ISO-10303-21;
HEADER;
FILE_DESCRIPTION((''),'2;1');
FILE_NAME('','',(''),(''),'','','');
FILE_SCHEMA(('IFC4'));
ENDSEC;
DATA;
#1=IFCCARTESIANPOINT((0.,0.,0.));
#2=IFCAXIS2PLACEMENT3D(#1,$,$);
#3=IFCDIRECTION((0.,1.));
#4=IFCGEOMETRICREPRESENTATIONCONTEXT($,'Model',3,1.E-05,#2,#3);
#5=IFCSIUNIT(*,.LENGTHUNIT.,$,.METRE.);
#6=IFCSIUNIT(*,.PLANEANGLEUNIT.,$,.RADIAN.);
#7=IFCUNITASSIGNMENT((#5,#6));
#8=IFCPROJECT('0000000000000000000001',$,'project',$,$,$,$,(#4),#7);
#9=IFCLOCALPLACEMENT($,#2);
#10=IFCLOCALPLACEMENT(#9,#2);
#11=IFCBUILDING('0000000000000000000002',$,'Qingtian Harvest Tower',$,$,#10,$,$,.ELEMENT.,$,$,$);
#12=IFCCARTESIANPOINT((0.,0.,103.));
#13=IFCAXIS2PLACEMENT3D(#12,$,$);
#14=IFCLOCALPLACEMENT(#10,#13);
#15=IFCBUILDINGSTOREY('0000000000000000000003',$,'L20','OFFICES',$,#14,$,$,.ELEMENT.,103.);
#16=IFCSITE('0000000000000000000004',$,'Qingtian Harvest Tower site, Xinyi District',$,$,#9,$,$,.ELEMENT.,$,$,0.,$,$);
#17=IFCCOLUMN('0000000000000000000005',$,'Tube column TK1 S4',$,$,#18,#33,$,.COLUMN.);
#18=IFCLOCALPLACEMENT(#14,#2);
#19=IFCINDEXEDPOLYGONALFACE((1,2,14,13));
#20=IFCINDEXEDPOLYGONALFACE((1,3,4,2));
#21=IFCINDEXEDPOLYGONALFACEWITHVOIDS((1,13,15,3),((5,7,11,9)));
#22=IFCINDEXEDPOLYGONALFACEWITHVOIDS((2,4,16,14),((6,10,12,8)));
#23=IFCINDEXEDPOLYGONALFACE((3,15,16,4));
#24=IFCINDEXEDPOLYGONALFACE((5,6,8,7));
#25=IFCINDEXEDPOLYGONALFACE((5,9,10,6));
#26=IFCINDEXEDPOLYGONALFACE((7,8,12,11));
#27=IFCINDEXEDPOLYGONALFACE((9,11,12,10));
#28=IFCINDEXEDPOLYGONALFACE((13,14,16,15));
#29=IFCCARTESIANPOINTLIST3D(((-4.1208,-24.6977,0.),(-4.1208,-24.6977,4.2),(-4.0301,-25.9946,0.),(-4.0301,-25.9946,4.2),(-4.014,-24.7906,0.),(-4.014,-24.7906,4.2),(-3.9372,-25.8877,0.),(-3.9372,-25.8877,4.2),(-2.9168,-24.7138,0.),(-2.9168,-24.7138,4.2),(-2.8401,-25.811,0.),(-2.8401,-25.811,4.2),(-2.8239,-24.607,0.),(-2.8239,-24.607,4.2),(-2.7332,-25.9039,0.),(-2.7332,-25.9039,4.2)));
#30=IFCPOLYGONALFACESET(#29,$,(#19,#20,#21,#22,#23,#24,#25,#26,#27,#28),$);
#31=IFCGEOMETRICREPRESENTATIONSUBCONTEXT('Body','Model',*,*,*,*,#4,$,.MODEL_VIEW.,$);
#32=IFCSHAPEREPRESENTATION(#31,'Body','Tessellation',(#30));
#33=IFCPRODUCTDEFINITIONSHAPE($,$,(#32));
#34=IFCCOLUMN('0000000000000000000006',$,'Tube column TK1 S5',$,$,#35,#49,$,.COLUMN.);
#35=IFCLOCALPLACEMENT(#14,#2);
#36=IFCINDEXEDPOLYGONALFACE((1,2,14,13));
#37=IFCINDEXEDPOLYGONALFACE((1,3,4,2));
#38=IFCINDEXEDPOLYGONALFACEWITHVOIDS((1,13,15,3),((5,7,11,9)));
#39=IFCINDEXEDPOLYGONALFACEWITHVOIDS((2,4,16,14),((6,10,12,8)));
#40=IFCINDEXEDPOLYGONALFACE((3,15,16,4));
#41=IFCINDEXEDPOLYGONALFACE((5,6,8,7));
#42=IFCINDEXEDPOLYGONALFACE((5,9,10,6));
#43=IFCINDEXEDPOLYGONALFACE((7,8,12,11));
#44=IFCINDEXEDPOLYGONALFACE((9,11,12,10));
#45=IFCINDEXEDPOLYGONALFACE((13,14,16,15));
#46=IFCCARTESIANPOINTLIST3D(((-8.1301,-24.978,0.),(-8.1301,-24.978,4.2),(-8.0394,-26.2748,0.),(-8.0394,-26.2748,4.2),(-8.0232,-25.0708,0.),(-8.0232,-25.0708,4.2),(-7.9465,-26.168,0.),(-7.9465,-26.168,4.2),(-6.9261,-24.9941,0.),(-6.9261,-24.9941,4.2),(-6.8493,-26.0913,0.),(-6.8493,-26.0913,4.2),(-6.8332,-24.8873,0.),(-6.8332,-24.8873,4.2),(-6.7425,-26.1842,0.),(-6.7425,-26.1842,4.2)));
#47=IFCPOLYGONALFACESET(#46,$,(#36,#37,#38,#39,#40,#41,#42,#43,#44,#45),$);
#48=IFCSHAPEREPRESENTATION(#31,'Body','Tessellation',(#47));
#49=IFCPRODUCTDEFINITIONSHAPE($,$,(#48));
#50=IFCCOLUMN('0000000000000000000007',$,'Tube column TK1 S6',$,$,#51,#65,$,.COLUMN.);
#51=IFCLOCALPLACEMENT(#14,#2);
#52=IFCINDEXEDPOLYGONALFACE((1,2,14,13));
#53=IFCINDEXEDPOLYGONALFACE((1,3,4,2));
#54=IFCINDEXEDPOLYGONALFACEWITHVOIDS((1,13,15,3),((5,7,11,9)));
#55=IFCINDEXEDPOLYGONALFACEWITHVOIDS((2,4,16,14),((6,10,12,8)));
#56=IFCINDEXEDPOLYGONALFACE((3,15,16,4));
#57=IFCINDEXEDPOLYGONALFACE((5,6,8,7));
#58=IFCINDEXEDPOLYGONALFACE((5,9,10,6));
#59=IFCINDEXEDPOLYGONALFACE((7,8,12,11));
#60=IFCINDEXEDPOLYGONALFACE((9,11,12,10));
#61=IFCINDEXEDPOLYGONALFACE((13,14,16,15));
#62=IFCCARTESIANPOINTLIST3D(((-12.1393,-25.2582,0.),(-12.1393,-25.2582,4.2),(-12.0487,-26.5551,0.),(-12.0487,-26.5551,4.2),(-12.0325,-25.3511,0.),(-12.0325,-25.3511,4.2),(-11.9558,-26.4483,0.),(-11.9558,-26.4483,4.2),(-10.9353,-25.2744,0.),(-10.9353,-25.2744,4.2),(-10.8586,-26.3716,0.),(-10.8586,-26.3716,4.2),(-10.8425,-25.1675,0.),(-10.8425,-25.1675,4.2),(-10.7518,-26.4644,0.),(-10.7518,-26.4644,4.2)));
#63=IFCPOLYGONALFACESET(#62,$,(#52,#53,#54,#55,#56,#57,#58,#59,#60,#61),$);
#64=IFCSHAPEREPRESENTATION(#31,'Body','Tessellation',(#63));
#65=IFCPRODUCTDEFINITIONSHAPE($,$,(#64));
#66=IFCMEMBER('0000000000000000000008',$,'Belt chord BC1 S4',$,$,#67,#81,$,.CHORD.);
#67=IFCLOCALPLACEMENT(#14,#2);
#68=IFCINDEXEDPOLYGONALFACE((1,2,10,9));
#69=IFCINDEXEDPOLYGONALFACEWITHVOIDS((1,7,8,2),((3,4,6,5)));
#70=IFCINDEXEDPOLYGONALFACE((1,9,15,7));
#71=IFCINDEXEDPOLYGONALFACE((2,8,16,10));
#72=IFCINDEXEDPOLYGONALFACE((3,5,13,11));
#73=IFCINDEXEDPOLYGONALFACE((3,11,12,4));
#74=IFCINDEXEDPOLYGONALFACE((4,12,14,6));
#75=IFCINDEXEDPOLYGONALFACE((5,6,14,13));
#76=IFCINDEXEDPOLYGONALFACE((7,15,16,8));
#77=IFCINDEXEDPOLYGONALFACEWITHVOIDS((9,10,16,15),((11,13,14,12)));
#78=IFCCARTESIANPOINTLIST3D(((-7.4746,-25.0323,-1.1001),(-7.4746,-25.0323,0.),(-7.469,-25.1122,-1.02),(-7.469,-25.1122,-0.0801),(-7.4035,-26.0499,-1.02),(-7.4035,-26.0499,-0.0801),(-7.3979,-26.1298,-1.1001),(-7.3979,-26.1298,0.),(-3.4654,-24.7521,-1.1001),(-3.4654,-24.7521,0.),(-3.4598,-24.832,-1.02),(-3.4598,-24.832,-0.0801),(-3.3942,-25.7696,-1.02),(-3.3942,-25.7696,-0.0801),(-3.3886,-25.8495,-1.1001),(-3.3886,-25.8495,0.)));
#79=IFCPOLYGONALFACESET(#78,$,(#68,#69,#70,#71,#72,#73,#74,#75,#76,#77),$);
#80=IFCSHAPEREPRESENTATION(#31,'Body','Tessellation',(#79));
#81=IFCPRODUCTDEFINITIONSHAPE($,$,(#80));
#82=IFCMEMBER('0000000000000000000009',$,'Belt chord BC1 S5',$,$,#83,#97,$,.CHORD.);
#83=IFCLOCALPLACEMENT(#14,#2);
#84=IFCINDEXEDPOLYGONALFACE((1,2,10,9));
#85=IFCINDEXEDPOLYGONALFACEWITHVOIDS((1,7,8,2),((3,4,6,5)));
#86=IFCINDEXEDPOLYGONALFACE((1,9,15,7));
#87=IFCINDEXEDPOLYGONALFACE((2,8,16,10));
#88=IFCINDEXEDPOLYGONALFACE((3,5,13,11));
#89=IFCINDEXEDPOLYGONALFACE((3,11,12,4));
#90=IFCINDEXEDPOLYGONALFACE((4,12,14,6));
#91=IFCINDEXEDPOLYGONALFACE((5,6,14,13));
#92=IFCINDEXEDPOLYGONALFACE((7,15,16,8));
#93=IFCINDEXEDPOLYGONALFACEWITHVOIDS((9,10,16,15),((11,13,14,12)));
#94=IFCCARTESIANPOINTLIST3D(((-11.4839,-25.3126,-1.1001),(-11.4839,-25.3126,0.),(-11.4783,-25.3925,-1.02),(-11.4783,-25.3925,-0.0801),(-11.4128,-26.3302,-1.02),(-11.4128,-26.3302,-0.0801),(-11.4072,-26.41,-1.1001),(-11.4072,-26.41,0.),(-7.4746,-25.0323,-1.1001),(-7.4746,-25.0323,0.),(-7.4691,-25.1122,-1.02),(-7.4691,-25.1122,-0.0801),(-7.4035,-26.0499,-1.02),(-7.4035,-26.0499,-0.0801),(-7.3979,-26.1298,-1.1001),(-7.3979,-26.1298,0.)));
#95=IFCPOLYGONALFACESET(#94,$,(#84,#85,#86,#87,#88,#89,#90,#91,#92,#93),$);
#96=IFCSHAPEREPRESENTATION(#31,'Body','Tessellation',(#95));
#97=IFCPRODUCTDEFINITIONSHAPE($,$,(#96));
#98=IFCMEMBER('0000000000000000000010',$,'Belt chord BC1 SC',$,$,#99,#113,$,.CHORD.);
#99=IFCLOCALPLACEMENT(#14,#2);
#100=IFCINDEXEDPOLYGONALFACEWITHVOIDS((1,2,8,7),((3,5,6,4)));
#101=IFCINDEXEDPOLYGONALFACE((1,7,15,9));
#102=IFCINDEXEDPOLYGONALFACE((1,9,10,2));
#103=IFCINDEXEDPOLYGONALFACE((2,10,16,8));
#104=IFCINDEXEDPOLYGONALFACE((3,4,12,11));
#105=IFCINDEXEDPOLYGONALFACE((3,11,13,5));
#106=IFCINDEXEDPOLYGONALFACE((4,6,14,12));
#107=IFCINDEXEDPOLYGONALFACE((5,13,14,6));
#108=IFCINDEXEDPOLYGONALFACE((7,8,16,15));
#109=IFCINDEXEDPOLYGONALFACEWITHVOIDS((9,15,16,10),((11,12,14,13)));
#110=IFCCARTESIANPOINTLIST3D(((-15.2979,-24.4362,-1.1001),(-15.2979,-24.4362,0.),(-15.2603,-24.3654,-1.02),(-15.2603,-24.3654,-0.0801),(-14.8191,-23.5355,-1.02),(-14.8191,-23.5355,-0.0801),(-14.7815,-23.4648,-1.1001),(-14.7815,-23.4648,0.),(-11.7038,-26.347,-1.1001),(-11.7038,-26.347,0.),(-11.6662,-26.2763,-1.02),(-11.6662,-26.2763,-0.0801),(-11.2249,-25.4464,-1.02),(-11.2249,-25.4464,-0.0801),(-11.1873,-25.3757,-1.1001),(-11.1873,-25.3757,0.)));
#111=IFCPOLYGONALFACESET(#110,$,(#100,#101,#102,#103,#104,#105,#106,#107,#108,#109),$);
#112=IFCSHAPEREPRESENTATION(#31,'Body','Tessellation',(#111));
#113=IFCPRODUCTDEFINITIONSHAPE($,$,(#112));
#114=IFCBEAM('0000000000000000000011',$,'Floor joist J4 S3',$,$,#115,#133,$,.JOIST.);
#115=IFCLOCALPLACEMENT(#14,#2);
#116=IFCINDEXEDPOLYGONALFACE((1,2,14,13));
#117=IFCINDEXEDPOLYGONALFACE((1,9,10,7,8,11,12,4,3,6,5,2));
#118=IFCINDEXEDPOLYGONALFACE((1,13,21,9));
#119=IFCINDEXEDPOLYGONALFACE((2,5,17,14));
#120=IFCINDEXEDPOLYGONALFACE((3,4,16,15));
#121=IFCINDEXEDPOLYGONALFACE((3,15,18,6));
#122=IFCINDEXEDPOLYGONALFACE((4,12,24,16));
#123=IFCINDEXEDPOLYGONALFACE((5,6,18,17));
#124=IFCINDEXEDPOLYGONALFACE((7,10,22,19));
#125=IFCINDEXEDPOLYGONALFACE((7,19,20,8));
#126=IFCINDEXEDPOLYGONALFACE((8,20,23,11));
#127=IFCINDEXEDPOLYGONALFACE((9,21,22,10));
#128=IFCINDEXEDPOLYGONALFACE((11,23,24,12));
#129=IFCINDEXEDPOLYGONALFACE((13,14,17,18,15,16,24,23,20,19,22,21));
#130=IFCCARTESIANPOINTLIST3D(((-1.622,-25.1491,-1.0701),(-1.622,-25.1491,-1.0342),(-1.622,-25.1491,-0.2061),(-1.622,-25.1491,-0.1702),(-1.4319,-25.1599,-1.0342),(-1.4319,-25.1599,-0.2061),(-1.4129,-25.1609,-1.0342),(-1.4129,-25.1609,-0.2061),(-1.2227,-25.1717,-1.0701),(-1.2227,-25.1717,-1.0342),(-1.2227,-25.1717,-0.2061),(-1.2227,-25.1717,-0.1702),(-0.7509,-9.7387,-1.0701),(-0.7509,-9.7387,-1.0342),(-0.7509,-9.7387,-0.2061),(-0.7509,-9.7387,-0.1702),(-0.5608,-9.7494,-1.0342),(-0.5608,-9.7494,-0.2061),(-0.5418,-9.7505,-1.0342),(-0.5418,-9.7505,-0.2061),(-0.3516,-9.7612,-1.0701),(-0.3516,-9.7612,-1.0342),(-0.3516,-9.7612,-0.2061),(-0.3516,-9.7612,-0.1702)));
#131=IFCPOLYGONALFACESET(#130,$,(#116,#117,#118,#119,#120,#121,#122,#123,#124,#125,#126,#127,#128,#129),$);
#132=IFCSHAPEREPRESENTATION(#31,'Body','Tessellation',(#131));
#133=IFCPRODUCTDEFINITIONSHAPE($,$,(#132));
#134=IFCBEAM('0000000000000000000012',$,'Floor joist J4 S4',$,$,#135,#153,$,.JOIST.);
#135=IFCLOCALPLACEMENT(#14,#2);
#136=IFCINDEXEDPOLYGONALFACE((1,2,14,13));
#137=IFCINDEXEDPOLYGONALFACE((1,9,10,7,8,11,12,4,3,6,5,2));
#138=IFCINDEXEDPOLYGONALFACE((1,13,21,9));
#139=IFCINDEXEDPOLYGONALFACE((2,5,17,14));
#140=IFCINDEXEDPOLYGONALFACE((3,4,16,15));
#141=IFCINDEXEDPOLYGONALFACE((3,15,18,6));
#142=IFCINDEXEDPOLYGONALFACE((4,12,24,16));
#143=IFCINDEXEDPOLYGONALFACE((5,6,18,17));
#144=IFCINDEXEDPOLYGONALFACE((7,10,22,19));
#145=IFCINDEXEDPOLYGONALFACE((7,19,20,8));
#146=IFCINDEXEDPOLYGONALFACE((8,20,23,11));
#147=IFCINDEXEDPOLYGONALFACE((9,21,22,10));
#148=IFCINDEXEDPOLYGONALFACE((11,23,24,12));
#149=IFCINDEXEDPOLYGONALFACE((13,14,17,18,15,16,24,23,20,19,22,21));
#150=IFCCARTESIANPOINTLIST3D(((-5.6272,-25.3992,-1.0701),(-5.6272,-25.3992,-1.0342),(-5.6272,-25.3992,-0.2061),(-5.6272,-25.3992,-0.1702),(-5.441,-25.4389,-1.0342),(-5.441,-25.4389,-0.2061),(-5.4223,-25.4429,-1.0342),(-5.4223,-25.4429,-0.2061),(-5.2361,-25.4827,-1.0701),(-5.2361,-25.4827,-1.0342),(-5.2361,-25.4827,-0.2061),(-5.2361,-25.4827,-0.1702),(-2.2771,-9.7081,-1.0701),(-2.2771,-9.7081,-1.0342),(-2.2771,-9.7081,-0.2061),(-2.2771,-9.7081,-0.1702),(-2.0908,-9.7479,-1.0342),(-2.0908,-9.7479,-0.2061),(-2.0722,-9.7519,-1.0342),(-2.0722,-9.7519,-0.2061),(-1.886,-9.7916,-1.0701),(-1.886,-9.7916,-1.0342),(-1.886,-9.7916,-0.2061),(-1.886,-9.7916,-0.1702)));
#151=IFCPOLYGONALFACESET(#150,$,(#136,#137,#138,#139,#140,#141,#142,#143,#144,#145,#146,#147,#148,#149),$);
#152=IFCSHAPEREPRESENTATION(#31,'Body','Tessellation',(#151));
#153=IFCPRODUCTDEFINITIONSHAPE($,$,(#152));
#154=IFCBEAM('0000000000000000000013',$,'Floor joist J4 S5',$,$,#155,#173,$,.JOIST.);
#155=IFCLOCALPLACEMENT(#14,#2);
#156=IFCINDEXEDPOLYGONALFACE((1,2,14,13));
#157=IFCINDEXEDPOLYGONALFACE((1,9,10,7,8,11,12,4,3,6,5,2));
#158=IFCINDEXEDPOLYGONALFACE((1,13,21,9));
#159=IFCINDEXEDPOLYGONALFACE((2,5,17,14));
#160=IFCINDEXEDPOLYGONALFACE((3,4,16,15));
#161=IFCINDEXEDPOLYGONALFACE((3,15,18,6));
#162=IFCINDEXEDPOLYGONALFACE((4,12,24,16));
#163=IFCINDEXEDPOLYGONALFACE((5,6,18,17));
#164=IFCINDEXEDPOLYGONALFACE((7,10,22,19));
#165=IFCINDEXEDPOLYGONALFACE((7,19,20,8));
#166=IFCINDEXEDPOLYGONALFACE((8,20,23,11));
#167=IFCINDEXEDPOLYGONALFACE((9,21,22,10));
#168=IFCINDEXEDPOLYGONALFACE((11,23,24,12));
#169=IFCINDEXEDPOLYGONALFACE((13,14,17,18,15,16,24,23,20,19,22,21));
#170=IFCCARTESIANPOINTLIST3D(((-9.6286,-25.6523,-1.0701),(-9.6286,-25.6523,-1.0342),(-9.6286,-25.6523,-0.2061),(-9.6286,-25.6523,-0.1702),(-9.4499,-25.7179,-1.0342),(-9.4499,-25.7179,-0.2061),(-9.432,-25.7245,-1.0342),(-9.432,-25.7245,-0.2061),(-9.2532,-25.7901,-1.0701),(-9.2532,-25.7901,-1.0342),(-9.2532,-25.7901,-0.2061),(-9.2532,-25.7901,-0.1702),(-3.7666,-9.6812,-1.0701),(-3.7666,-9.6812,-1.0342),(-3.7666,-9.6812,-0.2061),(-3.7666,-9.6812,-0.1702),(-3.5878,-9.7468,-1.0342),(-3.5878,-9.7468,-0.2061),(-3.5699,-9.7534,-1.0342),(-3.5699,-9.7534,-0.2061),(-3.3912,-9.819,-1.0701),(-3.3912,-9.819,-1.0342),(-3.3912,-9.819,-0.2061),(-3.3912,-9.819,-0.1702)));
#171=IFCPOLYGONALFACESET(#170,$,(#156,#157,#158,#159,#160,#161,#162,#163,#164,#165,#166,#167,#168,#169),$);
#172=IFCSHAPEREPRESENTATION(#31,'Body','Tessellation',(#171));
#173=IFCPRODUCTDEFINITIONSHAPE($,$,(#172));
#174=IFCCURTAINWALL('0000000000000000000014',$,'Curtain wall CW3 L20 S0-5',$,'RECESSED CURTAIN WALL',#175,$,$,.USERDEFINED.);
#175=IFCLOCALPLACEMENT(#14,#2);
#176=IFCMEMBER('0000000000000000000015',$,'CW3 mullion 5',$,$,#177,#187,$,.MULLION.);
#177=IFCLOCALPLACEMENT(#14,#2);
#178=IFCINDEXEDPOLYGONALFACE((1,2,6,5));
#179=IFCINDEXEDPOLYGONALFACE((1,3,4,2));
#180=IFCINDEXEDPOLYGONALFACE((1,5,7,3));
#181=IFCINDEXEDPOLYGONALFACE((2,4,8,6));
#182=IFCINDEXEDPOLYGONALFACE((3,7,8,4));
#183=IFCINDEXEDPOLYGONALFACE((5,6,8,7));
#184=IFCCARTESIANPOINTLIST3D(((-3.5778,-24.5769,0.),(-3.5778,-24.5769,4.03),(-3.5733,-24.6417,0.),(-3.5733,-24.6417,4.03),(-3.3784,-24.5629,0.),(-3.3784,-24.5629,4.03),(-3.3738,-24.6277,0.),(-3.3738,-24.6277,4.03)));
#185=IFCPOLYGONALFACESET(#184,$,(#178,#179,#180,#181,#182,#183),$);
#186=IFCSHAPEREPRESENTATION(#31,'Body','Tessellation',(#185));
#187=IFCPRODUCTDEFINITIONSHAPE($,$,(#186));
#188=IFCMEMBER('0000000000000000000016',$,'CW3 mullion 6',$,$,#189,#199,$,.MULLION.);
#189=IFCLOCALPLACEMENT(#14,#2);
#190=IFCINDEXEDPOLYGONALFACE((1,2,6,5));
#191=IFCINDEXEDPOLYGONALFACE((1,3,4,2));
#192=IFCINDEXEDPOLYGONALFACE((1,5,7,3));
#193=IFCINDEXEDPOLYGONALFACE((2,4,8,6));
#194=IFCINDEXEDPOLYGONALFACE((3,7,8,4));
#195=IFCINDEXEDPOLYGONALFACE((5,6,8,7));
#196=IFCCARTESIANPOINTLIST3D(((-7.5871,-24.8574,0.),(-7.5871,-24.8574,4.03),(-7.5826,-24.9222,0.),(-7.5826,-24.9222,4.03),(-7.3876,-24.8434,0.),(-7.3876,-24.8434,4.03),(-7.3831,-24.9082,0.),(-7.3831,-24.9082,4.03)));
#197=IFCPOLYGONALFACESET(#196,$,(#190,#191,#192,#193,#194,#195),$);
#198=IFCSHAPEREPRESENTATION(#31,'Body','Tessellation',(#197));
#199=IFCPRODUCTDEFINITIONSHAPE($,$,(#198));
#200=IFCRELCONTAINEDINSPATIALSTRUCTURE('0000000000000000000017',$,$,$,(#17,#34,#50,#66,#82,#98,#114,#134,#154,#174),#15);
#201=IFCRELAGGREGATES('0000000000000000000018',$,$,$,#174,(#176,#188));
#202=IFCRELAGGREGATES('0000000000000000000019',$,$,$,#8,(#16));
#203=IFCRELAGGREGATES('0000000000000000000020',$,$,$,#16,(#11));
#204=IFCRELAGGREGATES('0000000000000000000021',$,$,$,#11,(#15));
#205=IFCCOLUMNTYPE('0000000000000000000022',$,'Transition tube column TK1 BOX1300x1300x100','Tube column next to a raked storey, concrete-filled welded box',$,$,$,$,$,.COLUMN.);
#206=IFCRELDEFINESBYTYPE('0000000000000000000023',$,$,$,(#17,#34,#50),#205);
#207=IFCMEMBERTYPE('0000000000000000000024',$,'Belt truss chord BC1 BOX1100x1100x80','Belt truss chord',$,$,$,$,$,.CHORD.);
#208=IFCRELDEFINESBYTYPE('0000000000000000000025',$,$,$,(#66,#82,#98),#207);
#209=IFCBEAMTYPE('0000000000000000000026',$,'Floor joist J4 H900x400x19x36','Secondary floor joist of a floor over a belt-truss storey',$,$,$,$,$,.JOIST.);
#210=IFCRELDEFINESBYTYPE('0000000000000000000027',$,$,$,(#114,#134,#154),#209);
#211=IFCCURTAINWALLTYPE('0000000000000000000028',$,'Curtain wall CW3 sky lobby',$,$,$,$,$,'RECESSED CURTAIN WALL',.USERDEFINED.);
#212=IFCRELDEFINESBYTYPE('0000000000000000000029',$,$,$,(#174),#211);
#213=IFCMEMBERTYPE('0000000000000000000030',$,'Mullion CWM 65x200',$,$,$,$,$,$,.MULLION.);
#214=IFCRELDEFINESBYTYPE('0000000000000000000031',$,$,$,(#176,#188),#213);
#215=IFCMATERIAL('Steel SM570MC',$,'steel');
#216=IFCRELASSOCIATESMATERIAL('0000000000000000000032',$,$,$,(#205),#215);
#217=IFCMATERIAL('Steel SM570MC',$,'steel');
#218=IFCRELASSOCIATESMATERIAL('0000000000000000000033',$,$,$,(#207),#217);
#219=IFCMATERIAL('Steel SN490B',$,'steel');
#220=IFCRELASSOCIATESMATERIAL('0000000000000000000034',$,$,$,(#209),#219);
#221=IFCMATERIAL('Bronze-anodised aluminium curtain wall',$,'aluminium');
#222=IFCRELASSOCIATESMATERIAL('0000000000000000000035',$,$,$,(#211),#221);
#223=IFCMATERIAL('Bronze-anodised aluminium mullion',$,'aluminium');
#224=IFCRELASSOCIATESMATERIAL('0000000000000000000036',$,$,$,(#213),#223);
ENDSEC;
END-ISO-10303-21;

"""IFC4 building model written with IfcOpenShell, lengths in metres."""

from ifc_helpers import new_model, si_unit, direction, frame, origin, origin_2d, place, context, subcontext, project, spatial, rectangle, hollow_rectangle, i_section, extrude, material, material_profile, profile_set, type_object, element, aggregate, save


model = new_model("IFC4")

# Units and contexts
model_context = context("Model", 3, precision=1e-05, world=origin(), true_north=direction((0.0, 1.0)))
body_context = subcontext(model_context, "Body", "Model", "MODEL_VIEW")
ifc_project = project(units=[si_unit("LENGTHUNIT", "METRE"), si_unit("PLANEANGLEUNIT", "RADIAN")], contexts=[model_context])

# Site, building, storey
site_placement = place(None, origin())
site = spatial("IfcSite", under=ifc_project, at=site_placement, Name="Qingtian Harvest Tower site, Xinyi District", CompositionType="ELEMENT", RefElevation=0.0)
building_placement = place(site_placement, origin())
building = spatial("IfcBuilding", under=site, at=building_placement, Name="Qingtian Harvest Tower", CompositionType="ELEMENT")
storey_placement = place(building_placement, frame((0.0, 0.0, 103.0)))
storey = spatial("IfcBuildingStorey", under=building, at=storey_placement, Name="L20", Description="OFFICES", CompositionType="ELEMENT", Elevation=103.0)

# Columns
ifc_material_1 = material(Name="Steel SM570MC", Category="steel")
ifc_material_profile_1 = material_profile(ifc_material_1, hollow_rectangle(XDim=1.3, YDim=1.3, WallThickness=0.1001, at=origin_2d()), Name="BOX1300x1300x100")
ifc_profile_set_1 = profile_set([ifc_material_profile_1], Name="Steel SM570MC")
column_type = type_object("IfcColumnType", Name="Transition tube column TK1 BOX1300x1300x100", Description="Tube column next to a raked storey, concrete-filled welded box", PredefinedType="COLUMN", material=ifc_profile_set_1)
for number, where, z_axis, x_axis, name in (
    (1, (-3.427, -25.3008, 0.0), (0.0, 0.0, 1.0), (0.997564, 0.069756, 0.0), "Tube column TK1 S4"),
    (2, (-7.4363, -25.5811, 0.0), (0.0, 0.0, 1.0), (0.997564, 0.069756, 0.0), "Tube column TK1 S5"),
    (3, (-11.4456, -25.8613, 0.0), (0.0, 0.0, 1.0), (0.997564, 0.069756, 0.0), "Tube column TK1 S6"),
):
    element("IfcColumn", number, at=place(storey_placement, frame(where, z_axis=z_axis, x_axis=x_axis)), inside=storey, type_object=column_type, Name=name, PredefinedType="COLUMN", context=body_context, shape_type="SweptSolid", body=[
        extrude(hollow_rectangle(XDim=1.3, YDim=1.3, WallThickness=0.1001, at=origin_2d()), origin(), (0.0, 0.0, 1.0), 4.2),
    ])

# Members
ifc_material_2 = material(Name="Steel SM570MC", Category="steel")
ifc_material_profile_2 = material_profile(ifc_material_2, hollow_rectangle(XDim=1.1001, YDim=1.1001, WallThickness=0.0801, at=origin_2d()), Name="BOX1100x1100x80")
ifc_profile_set_2 = profile_set([ifc_material_profile_2], Name="Steel SM570MC")
member_type_1 = type_object("IfcMemberType", Name="Belt truss chord BC1 BOX1100x1100x80", Description="Belt truss chord", PredefinedType="CHORD", material=ifc_profile_set_2)
for number, where, z_axis, x_axis, name in (
    (4, (-3.427, -25.3008, -0.55), (-0.997565, -0.069736, 0.0), (0.069736, -0.997565, 0.0), "Belt chord BC1 S4"),
    (5, (-7.4363, -25.5811, -0.55), (-0.997565, -0.069736, 0.0), (0.069736, -0.997565, 0.0), "Belt chord BC1 S5"),
):
    element("IfcMember", number, at=place(storey_placement, frame(where, z_axis=z_axis, x_axis=x_axis)), inside=storey, type_object=member_type_1, Name=name, PredefinedType="CHORD", context=body_context, shape_type="SweptSolid", body=[
        extrude(hollow_rectangle(XDim=1.1001, YDim=1.1001, WallThickness=0.0801, at=origin_2d()), origin(), (0.0, 0.0, 1.0), 4.019),
    ])
member_1_placement = place(storey_placement, frame((-11.4456, -25.8613, -0.55), z_axis=(-0.882968, 0.469433, 0.0), x_axis=(-0.469433, -0.882968, 0.0)))
element("IfcMember", 6, at=member_1_placement, inside=storey, type_object=member_type_1, Name="Belt chord BC1 SC", PredefinedType="CHORD", context=body_context, shape_type="SweptSolid", body=[
    extrude(hollow_rectangle(XDim=1.1001, YDim=1.1001, WallThickness=0.0801, at=origin_2d()), origin(), (0.0, 0.0, 1.0), 4.0706),
])

# Beams
ifc_material_3 = material(Name="Steel SN490B", Category="steel")
ifc_material_profile_3 = material_profile(ifc_material_3, i_section(OverallWidth=0.3999, OverallDepth=0.8999, WebThickness=0.019, FlangeThickness=0.0359, at=origin_2d()), Name="H900x400x19x36")
ifc_profile_set_3 = profile_set([ifc_material_profile_3], Name="Steel SN490B")
beam_type_1 = type_object("IfcBeamType", Name="Floor joist J4 H900x400x19x36", Description="Secondary floor joist of a floor over a belt-truss storey", PredefinedType="JOIST", material=ifc_profile_set_3)
beam_1_placement = place(storey_placement, frame((-1.4224, -25.1604, -0.6201), z_axis=(0.056436, 0.998406, 0.0), x_axis=(-0.998406, 0.056436, 0.0)))
element("IfcBeam", 7, at=beam_1_placement, inside=storey, type_object=beam_type_1, Name="Floor joist J4 S3", PredefinedType="JOIST", context=body_context, shape_type="SweptSolid", body=[
    extrude(i_section(OverallWidth=0.3999, OverallDepth=0.8999, WebThickness=0.019, FlangeThickness=0.0359, at=origin_2d()), origin(), (0.0, 0.0, 1.0), 15.4351),
])
beam_2_placement = place(storey_placement, frame((-5.4316, -25.4409, -0.6201), z_axis=(0.2088, 0.977958, 0.0), x_axis=(-0.977958, 0.2088, 0.0)))
element("IfcBeam", 8, at=beam_2_placement, inside=storey, type_object=beam_type_1, Name="Floor joist J4 S4", PredefinedType="JOIST", context=body_context, shape_type="SweptSolid", body=[
    extrude(i_section(OverallWidth=0.3999, OverallDepth=0.8999, WebThickness=0.019, FlangeThickness=0.0359, at=origin_2d()), origin(), (0.0, 0.0, 1.0), 16.0447),
])
beam_3_placement = place(storey_placement, frame((-9.4409, -25.7212, -0.6201), z_axis=(0.344563, 0.938763, 0.0), x_axis=(-0.938763, 0.344563, 0.0)))
element("IfcBeam", 9, at=beam_3_placement, inside=storey, type_object=beam_type_1, Name="Floor joist J4 S5", PredefinedType="JOIST", context=body_context, shape_type="SweptSolid", body=[
    extrude(i_section(OverallWidth=0.3999, OverallDepth=0.8999, WebThickness=0.019, FlangeThickness=0.0359, at=origin_2d()), origin(), (0.0, 0.0, 1.0), 17.0129),
])

# Curtain wall, members
ifc_material_4 = material(Name="Bronze-anodised aluminium curtain wall", Category="aluminium")
curtain_wall_type = type_object("IfcCurtainWallType", Name="Curtain wall CW3 sky lobby", ElementType="RECESSED CURTAIN WALL", PredefinedType="USERDEFINED", material=ifc_material_4)
curtain_wall_1_placement = place(storey_placement, origin())
curtain_wall_1 = element("IfcCurtainWall", 10, at=curtain_wall_1_placement, inside=storey, type_object=curtain_wall_type, Name="Curtain wall CW3 L20 S0-5", ObjectType="RECESSED CURTAIN WALL", PredefinedType="USERDEFINED")
ifc_material_5 = material(Name="Bronze-anodised aluminium mullion", Category="aluminium")
ifc_material_profile_4 = material_profile(ifc_material_5, rectangle(XDim=0.0649, YDim=0.2, at=origin_2d()), Name="AL 65x200")
ifc_profile_set_4 = profile_set([ifc_material_profile_4], Name="Bronze-anodised aluminium mullion")
member_type_2 = type_object("IfcMemberType", Name="Mullion CWM 65x200", PredefinedType="MULLION", material=ifc_profile_set_4)
member_2_placement = place(storey_placement, frame((-3.4758, -24.6023, 0.0), z_axis=(0.0, 0.0, 1.0), x_axis=(0.069756, -0.997564, 0.0)))
member_2 = element("IfcMember", 11, at=member_2_placement, type_object=member_type_2, Name="CW3 mullion 5", PredefinedType="MULLION", context=body_context, shape_type="SweptSolid", body=[
    extrude(rectangle(XDim=0.0649, YDim=0.2, at=origin_2d()), origin(), (0.0, 0.0, 1.0), 4.03),
])
member_3_placement = place(storey_placement, frame((-7.4851, -24.8828, 0.0), z_axis=(0.0, 0.0, 1.0), x_axis=(0.069756, -0.997564, 0.0)))
member_3 = element("IfcMember", 12, at=member_3_placement, type_object=member_type_2, Name="CW3 mullion 6", PredefinedType="MULLION", context=body_context, shape_type="SweptSolid", body=[
    extrude(rectangle(XDim=0.0649, YDim=0.2, at=origin_2d()), origin(), (0.0, 0.0, 1.0), 4.03),
])

aggregate(curtain_wall_1, [member_2, member_3])

save(model, "model.ifc")
